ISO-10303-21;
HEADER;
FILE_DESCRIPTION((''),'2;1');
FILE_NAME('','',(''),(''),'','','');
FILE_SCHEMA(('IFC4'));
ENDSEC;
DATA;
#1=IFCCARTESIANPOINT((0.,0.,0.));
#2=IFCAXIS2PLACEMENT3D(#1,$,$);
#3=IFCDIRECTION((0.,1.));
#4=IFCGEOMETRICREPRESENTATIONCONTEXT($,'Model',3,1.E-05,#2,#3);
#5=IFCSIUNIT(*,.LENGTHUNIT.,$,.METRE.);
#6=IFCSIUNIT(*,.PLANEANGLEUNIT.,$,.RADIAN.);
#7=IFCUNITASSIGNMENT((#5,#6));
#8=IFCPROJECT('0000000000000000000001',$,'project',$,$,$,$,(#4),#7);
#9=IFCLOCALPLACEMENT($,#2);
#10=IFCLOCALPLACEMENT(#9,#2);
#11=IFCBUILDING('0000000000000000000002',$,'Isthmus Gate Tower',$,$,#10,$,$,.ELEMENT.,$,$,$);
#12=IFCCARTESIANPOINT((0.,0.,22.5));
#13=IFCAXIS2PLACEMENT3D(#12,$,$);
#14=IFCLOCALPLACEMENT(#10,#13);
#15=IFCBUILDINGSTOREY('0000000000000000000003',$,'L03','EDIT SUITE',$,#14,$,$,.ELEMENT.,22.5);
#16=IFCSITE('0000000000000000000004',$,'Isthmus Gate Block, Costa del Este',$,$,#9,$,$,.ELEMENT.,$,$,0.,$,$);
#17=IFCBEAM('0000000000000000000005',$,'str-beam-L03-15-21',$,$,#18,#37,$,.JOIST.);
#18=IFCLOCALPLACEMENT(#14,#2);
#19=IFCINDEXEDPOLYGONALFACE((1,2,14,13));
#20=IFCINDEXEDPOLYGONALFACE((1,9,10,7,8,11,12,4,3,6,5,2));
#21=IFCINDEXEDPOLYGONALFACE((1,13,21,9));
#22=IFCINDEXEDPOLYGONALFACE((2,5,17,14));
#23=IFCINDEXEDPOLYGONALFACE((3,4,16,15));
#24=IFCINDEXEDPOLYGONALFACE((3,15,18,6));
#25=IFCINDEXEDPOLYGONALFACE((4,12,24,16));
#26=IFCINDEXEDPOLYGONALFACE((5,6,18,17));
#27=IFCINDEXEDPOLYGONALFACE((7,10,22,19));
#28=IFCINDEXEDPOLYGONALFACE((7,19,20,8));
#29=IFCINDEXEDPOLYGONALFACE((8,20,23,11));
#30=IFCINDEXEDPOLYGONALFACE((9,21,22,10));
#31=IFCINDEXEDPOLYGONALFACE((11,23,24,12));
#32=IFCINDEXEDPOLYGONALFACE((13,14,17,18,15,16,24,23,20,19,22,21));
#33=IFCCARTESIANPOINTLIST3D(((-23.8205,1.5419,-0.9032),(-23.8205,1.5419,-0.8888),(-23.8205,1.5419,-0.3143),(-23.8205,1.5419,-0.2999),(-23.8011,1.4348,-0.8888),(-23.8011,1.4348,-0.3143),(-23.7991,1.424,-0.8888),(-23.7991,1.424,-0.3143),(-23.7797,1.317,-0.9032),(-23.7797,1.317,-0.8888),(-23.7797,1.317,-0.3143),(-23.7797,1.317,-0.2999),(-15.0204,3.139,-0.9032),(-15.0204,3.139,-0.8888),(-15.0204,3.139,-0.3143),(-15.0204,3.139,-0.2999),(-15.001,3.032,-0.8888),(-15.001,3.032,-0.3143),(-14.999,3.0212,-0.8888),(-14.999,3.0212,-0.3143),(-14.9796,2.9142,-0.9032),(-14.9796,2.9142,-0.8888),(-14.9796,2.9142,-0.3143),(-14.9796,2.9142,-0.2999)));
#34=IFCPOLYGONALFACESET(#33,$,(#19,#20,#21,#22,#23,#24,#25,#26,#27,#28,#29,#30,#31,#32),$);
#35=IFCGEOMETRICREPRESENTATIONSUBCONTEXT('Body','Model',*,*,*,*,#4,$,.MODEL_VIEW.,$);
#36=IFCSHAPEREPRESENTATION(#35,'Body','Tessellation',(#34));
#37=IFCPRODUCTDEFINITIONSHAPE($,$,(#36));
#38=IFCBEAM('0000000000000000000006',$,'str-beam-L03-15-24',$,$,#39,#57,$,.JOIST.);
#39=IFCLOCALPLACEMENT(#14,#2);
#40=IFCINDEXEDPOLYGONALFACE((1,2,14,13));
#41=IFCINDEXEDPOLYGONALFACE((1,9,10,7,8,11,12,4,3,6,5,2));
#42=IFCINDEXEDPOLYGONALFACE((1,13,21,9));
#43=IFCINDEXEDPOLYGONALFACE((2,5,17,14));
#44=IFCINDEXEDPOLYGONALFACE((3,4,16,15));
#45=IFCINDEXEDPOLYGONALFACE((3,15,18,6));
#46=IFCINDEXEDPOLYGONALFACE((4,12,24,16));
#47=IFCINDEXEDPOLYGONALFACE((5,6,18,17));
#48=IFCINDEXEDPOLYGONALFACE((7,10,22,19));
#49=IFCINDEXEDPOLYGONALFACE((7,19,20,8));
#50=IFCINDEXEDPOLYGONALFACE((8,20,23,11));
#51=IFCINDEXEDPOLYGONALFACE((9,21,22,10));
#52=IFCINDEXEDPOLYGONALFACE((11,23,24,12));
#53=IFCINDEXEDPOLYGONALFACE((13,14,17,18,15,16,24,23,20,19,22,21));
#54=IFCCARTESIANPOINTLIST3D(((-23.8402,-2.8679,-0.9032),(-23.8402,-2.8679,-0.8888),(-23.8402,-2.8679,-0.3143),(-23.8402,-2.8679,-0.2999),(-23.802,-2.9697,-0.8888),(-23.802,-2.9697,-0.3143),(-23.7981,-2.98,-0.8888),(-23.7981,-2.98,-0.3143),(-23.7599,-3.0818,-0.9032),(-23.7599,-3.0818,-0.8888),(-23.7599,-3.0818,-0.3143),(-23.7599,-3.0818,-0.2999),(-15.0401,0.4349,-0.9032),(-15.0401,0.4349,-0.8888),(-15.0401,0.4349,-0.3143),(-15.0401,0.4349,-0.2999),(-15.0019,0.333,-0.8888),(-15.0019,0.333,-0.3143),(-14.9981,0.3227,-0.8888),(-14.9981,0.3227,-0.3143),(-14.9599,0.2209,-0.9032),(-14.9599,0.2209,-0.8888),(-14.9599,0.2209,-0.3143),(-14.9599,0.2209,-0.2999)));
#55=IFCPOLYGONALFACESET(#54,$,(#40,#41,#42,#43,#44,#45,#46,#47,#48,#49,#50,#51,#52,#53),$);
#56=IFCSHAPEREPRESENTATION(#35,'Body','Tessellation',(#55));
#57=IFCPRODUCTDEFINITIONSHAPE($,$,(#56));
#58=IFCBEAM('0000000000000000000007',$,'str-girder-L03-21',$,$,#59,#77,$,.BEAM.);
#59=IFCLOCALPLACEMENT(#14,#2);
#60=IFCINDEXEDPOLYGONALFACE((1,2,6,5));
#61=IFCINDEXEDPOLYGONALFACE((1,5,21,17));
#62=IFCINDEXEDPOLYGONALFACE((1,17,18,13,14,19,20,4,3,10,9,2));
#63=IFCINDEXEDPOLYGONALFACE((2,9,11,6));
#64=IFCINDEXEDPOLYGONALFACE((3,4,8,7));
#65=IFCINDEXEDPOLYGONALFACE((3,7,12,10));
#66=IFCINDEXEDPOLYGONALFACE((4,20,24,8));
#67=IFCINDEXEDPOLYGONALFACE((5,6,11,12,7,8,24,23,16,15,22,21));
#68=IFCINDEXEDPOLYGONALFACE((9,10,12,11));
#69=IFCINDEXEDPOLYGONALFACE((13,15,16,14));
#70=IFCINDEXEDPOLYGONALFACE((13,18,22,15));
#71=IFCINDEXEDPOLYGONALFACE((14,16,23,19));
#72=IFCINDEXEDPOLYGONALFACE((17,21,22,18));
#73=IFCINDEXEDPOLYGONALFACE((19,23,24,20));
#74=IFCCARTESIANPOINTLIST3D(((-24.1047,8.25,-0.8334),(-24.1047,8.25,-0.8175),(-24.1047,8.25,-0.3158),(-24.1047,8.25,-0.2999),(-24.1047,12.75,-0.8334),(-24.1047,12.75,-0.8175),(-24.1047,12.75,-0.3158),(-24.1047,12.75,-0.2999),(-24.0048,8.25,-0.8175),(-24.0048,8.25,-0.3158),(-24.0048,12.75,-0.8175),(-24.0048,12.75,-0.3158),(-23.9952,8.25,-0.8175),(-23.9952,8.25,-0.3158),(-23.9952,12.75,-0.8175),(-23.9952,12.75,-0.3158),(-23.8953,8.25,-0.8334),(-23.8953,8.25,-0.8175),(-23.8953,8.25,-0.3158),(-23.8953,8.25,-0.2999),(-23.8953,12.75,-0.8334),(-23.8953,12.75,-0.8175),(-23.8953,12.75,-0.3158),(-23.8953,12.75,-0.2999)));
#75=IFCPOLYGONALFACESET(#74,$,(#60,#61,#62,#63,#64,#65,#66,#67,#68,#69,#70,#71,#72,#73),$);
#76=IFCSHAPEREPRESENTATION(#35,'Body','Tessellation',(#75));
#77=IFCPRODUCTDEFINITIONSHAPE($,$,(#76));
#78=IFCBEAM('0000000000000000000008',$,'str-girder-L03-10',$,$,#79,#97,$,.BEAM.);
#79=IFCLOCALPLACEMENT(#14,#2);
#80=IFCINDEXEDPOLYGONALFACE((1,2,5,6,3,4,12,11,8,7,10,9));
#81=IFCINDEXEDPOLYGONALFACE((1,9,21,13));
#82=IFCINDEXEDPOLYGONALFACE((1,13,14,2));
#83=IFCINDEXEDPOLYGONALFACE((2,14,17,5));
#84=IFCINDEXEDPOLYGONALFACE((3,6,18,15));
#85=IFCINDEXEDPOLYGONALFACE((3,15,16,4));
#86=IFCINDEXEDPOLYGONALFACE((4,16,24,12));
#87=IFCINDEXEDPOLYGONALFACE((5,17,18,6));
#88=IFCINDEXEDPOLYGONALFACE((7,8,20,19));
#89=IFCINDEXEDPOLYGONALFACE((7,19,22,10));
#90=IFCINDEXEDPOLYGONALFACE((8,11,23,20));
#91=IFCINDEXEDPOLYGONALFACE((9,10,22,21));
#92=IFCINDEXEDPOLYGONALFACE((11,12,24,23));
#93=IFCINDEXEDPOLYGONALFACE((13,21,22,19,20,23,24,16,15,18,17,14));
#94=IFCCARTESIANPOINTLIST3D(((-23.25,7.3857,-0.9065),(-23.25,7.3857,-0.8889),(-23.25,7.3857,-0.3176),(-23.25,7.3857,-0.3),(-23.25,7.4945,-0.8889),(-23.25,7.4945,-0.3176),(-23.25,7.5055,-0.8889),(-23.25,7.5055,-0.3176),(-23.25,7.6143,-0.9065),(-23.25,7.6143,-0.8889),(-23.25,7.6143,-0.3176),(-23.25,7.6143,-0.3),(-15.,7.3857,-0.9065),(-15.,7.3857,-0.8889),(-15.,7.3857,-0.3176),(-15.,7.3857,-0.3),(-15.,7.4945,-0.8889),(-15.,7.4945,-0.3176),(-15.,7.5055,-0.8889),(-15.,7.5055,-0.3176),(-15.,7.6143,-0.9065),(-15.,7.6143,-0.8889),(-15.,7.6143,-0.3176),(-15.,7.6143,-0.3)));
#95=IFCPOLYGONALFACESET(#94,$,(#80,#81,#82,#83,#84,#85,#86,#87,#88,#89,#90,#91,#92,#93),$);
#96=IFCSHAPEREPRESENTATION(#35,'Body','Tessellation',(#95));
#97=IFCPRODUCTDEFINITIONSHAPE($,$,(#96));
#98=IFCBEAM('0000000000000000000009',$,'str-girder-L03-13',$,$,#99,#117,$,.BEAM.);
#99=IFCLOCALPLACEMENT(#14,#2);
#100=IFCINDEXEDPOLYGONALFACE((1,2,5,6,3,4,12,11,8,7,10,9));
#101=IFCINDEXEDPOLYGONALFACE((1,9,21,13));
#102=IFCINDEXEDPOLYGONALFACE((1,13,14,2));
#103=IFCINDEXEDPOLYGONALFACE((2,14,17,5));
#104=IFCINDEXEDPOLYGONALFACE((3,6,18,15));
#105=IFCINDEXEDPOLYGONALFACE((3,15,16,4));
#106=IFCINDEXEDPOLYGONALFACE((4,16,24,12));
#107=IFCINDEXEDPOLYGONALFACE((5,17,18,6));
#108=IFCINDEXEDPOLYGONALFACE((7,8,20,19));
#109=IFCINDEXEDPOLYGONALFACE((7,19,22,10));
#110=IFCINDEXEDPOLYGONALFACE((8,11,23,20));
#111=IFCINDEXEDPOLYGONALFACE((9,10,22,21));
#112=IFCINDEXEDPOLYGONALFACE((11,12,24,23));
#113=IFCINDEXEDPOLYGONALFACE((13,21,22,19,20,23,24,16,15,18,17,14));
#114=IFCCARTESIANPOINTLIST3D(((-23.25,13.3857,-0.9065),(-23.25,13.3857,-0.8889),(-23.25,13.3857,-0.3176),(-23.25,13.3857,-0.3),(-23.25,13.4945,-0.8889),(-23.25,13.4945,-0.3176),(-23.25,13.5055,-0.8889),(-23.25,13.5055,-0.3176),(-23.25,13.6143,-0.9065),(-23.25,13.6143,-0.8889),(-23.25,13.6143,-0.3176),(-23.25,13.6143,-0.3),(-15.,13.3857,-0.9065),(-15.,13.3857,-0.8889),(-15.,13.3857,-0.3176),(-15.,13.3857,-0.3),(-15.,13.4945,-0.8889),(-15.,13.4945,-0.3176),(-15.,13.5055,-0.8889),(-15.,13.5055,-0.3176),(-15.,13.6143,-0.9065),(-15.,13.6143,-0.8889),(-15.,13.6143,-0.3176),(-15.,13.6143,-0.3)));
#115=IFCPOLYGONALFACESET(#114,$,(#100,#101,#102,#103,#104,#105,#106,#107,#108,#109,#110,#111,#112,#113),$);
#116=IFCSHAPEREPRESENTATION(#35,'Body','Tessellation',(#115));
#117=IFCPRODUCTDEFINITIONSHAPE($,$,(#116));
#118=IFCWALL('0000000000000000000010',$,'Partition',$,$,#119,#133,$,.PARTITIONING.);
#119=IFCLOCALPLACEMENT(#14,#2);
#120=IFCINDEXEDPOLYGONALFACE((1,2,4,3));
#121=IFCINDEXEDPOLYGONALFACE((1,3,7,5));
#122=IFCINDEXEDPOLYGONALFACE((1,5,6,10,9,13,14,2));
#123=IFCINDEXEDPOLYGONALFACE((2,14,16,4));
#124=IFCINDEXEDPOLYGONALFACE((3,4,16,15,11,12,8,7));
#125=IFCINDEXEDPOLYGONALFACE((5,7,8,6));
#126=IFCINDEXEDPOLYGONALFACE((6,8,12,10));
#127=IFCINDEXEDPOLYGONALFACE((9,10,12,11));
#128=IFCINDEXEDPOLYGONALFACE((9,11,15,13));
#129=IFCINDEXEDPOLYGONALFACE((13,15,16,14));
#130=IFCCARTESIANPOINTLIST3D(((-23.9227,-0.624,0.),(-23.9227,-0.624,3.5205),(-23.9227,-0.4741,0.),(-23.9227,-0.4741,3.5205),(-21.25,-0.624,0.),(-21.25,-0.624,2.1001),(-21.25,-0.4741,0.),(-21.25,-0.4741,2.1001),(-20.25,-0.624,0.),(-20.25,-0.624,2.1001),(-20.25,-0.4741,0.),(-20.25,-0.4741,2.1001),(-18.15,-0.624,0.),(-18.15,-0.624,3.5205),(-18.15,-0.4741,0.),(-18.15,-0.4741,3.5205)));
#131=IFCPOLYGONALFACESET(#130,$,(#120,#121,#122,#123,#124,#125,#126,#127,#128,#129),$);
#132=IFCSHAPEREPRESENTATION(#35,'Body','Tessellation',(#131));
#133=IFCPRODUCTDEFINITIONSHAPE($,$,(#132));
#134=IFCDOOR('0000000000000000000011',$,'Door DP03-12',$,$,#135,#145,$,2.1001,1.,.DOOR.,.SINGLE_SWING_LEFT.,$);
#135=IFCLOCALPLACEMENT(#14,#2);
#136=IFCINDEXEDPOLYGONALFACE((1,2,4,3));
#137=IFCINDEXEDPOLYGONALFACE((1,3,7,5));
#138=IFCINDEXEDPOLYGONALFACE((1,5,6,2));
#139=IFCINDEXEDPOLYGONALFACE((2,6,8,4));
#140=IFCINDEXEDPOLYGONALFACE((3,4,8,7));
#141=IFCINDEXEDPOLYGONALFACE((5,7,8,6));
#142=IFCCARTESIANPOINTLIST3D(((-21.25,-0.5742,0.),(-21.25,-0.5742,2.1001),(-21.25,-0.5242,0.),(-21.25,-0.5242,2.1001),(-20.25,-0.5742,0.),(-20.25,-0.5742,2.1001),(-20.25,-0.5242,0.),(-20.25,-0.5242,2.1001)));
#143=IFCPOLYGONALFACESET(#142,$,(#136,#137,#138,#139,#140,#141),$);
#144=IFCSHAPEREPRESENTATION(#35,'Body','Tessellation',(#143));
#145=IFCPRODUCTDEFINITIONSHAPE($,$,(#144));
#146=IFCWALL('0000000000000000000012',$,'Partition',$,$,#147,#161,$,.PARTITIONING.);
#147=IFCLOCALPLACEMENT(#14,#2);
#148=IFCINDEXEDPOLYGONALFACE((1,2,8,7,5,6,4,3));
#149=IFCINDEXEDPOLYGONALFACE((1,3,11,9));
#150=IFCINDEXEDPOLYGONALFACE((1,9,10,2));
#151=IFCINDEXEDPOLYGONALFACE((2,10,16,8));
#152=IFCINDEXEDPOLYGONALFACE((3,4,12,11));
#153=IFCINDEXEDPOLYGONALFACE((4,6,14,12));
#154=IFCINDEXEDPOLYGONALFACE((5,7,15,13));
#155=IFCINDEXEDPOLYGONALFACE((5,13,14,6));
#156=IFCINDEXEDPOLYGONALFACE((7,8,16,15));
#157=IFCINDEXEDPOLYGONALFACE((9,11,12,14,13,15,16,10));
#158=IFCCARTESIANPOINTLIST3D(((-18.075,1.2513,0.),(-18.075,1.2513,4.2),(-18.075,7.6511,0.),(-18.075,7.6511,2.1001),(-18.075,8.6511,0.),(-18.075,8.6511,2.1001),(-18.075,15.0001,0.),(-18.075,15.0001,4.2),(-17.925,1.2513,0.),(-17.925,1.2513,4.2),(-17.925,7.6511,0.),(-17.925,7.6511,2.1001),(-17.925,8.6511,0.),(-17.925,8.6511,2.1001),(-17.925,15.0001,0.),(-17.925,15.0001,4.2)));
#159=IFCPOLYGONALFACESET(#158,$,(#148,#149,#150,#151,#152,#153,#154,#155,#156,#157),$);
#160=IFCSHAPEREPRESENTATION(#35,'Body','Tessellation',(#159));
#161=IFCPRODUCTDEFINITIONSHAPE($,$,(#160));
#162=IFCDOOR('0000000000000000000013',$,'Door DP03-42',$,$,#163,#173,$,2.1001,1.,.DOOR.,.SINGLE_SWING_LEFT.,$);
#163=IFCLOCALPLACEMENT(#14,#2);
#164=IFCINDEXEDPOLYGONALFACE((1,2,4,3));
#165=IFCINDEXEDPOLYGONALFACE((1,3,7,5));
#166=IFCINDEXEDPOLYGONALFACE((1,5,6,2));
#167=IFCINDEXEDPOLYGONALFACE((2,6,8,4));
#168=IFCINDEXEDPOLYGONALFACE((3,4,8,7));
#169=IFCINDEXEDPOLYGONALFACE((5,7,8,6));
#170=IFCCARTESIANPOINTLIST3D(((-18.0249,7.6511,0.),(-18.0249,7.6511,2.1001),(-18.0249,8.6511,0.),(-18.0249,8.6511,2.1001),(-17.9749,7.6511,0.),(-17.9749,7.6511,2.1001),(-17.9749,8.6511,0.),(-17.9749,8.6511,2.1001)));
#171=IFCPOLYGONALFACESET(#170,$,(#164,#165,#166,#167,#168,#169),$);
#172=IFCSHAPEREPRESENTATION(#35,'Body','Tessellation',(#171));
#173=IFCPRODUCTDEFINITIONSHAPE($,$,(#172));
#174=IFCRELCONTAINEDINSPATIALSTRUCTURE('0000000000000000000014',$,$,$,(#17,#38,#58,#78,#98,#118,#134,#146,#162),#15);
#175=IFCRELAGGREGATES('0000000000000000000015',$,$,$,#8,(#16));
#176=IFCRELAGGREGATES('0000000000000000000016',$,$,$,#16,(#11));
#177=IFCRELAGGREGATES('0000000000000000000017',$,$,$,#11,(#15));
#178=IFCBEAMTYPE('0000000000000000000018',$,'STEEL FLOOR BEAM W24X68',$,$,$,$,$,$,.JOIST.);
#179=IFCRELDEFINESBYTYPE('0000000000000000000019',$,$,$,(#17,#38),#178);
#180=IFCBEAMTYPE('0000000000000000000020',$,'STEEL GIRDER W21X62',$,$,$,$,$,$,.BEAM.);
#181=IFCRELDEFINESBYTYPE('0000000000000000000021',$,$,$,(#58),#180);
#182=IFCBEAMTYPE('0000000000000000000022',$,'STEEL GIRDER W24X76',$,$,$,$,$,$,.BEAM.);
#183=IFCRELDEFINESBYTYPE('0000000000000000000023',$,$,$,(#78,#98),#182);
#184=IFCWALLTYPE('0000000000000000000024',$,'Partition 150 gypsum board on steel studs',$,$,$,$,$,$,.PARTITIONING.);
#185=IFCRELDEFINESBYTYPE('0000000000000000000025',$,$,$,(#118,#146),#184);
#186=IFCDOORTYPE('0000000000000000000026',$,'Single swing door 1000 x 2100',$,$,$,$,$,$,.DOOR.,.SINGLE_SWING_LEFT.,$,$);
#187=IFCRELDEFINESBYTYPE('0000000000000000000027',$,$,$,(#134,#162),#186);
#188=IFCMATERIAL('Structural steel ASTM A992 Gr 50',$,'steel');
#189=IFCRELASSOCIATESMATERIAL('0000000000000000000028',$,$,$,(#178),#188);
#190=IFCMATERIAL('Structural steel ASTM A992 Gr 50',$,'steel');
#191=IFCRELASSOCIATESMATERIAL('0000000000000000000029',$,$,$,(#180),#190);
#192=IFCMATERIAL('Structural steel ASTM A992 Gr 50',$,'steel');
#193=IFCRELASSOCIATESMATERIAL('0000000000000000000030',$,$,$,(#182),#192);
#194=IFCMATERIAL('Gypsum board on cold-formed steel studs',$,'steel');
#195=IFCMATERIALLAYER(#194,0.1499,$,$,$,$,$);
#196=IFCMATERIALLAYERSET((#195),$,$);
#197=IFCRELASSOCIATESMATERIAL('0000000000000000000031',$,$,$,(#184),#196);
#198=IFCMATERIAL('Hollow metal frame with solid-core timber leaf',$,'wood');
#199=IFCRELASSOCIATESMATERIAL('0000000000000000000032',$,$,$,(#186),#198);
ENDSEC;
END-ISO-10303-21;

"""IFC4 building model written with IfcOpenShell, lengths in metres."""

from ifc_helpers import new_model, si_unit, direction, frame, frame_2d, origin, origin_2d, place, context, subcontext, project, spatial, rectangle, i_section, extrude, material, layer, layer_set, material_profile, profile_set, type_object, element, fill, save


model = new_model("IFC4")

# Units and contexts
model_context = context("Model", 3, precision=1e-05, world=origin(), true_north=direction((0.0, 1.0)))
body_context = subcontext(model_context, "Body", "Model", "MODEL_VIEW")
ifc_project = project(units=[si_unit("LENGTHUNIT", "METRE"), si_unit("PLANEANGLEUNIT", "RADIAN")], contexts=[model_context])

# Site, building, storey
site_placement = place(None, origin())
site = spatial("IfcSite", under=ifc_project, at=site_placement, Name="Isthmus Gate Block, Costa del Este", CompositionType="ELEMENT", RefElevation=0.0)
building_placement = place(site_placement, origin())
building = spatial("IfcBuilding", under=site, at=building_placement, Name="Isthmus Gate Tower", CompositionType="ELEMENT")
storey_placement = place(building_placement, frame((0.0, 0.0, 22.5)))
storey = spatial("IfcBuildingStorey", under=building, at=storey_placement, Name="L03", Description="EDIT SUITE", CompositionType="ELEMENT", Elevation=22.5)

# Beams
ifc_material_1 = material(Name="Structural steel ASTM A992 Gr 50", Category="steel")
ifc_material_profile_1 = material_profile(ifc_material_1, i_section(OverallWidth=0.2285, OverallDepth=0.6033, WebThickness=0.011, FlangeThickness=0.0144, at=origin_2d()), Name="W24X68")
ifc_profile_set_1 = profile_set([ifc_material_profile_1], Name="Structural steel ASTM A992 Gr 50")
beam_type_1 = type_object("IfcBeamType", Name="STEEL FLOOR BEAM W24X68", PredefinedType="JOIST", material=ifc_profile_set_1)
beam_1_placement = place(storey_placement, frame((-15.0, 3.0266, -0.6016), z_axis=(-0.983926, -0.178578, 0.0), x_axis=(0.178578, -0.983926, 0.0)))
element("IfcBeam", 1, at=beam_1_placement, inside=storey, type_object=beam_type_1, Name="str-beam-L03-15-21", PredefinedType="JOIST", context=body_context, shape_type="SweptSolid", body=[
    extrude(i_section(OverallWidth=0.2285, OverallDepth=0.6033, WebThickness=0.011, FlangeThickness=0.0144, at=origin_2d()), origin(), (0.0, 0.0, 1.0), 8.9438),
])
beam_2_placement = place(storey_placement, frame((-15.0, 0.3279, -0.6016), z_axis=(-0.936234, -0.351377, 0.0), x_axis=(0.351377, -0.936234, 0.0)))
element("IfcBeam", 2, at=beam_2_placement, inside=storey, type_object=beam_type_1, Name="str-beam-L03-15-24", PredefinedType="JOIST", context=body_context, shape_type="SweptSolid", body=[
    extrude(i_section(OverallWidth=0.2285, OverallDepth=0.6033, WebThickness=0.011, FlangeThickness=0.0144, at=origin_2d()), origin(), (0.0, 0.0, 1.0), 9.3994),
])
ifc_material_2 = material(Name="Structural steel ASTM A992 Gr 50", Category="steel")
ifc_material_profile_2 = material_profile(ifc_material_2, i_section(OverallWidth=0.2095, OverallDepth=0.5334, WebThickness=0.0095, FlangeThickness=0.0159, at=origin_2d()), Name="W21X62")
ifc_profile_set_2 = profile_set([ifc_material_profile_2], Name="Structural steel ASTM A992 Gr 50")
beam_type_2 = type_object("IfcBeamType", Name="STEEL GIRDER W21X62", PredefinedType="BEAM", material=ifc_profile_set_2)
beam_3_placement = place(storey_placement, frame((-24.0, 8.25, -0.5667), z_axis=(0.0, 1.0, 0.0), x_axis=(-1.0, 0.0, 0.0)))
element("IfcBeam", 3, at=beam_3_placement, inside=storey, type_object=beam_type_2, Name="str-girder-L03-21", PredefinedType="BEAM", context=body_context, shape_type="SweptSolid", body=[
    extrude(i_section(OverallWidth=0.2095, OverallDepth=0.5334, WebThickness=0.0095, FlangeThickness=0.0159, at=origin_2d()), origin(), (0.0, 0.0, 1.0), 4.5),
])
ifc_material_3 = material(Name="Structural steel ASTM A992 Gr 50", Category="steel")
ifc_material_profile_3 = material_profile(ifc_material_3, i_section(OverallWidth=0.2285, OverallDepth=0.6064, WebThickness=0.011, FlangeThickness=0.0176, at=origin_2d()), Name="W24X76")
ifc_profile_set_3 = profile_set([ifc_material_profile_3], Name="Structural steel ASTM A992 Gr 50")
beam_type_3 = type_object("IfcBeamType", Name="STEEL GIRDER W24X76", PredefinedType="BEAM", material=ifc_profile_set_3)
for number, where, z_axis, x_axis, name in (
    (4, (-23.25, 7.5, -0.6033), (1.0, 0.0, 0.0), (0.0, 1.0, 0.0), "str-girder-L03-10"),
    (5, (-23.25, 13.5, -0.6033), (1.0, 0.0, 0.0), (0.0, 1.0, 0.0), "str-girder-L03-13"),
):
    element("IfcBeam", number, at=place(storey_placement, frame(where, z_axis=z_axis, x_axis=x_axis)), inside=storey, type_object=beam_type_3, Name=name, PredefinedType="BEAM", context=body_context, shape_type="SweptSolid", body=[
        extrude(i_section(OverallWidth=0.2285, OverallDepth=0.6064, WebThickness=0.011, FlangeThickness=0.0176, at=origin_2d()), origin(), (0.0, 0.0, 1.0), 8.25),
    ])

# Walls, openings, doors
ifc_material_4 = material(Name="Gypsum board on cold-formed steel studs", Category="steel")
ifc_layer_1 = layer(ifc_material_4, 0.1499)
ifc_layer_set_1 = layer_set([ifc_layer_1])
wall_type_1 = type_object("IfcWallType", Name="Partition 150 gypsum board on steel studs", PredefinedType="PARTITIONING", material=ifc_layer_set_1)
wall_1_placement = place(storey_placement, frame((-23.9226, -0.5491, 0.0), z_axis=(0.0, 0.0, 1.0), x_axis=(1.0, 0.0, 0.0)))
wall_1 = element("IfcWall", 6, at=wall_1_placement, inside=storey, type_object=wall_type_1, Name="Partition", PredefinedType="PARTITIONING", context=body_context, shape_type="SweptSolid", body=[
    extrude(rectangle(XDim=5.7727, YDim=0.1499, at=frame_2d((2.8862, 0.0))), origin(), (0.0, 0.0, 1.0), 3.5205),
])
opening_1_placement = place(wall_1_placement, frame((2.6726, 0.0, 0.0)))
opening_1 = element("IfcOpeningElement", 7, at=opening_1_placement, cuts=wall_1, PredefinedType="OPENING", context=body_context, shape_type="SweptSolid", body=[
    extrude(rectangle(XDim=1.0, YDim=2.1001, at=frame_2d((0.5, 1.05))), frame((0.0, 0.085, 0.0), z_axis=(0.0, -1.0, 0.0), x_axis=(1.0, 0.0, 0.0)), (0.0, 0.0, 1.0), 0.1699),
])
ifc_material_5 = material(Name="Hollow metal frame with solid-core timber leaf", Category="wood")
door_type_1 = type_object("IfcDoorType", Name="Single swing door 1000 x 2100", OperationType="SINGLE_SWING_LEFT", PredefinedType="DOOR", material=ifc_material_5)
door_1_placement = place(opening_1_placement, origin())
door_1 = element("IfcDoor", 8, at=door_1_placement, inside=storey, type_object=door_type_1, Name="Door DP03-12", OperationType="SINGLE_SWING_LEFT", OverallHeight=2.1001, OverallWidth=1.0, PredefinedType="DOOR", context=body_context, shape_type="SweptSolid", body=[
    extrude(rectangle(XDim=1.0, YDim=2.1001, at=frame_2d((0.5, 1.05))), frame((0.0, 0.0249, 0.0), z_axis=(0.0, -1.0, 0.0), x_axis=(1.0, 0.0, 0.0)), (0.0, 0.0, 1.0), 0.05),
])
fill(opening_1, door_1)
wall_2_placement = place(storey_placement, frame((-18.0, 1.2512, 0.0), z_axis=(0.0, 0.0, 1.0), x_axis=(0.0, 1.0, 0.0)))
wall_2 = element("IfcWall", 9, at=wall_2_placement, inside=storey, type_object=wall_type_1, Name="Partition", PredefinedType="PARTITIONING", context=body_context, shape_type="SweptSolid", body=[
    extrude(rectangle(XDim=13.7488, YDim=0.1499, at=frame_2d((6.8745, 0.0))), origin(), (0.0, 0.0, 1.0), 4.2),
])
opening_2_placement = place(wall_2_placement, frame((6.3999, 0.0, 0.0)))
opening_2 = element("IfcOpeningElement", 10, at=opening_2_placement, cuts=wall_2, PredefinedType="OPENING", context=body_context, shape_type="SweptSolid", body=[
    extrude(rectangle(XDim=1.0, YDim=2.1001, at=frame_2d((0.5, 1.05))), frame((0.0, 0.085, 0.0), z_axis=(0.0, -1.0, 0.0), x_axis=(1.0, 0.0, 0.0)), (0.0, 0.0, 1.0), 0.1699),
])
door_2_placement = place(opening_2_placement, origin())
door_2 = element("IfcDoor", 11, at=door_2_placement, inside=storey, type_object=door_type_1, Name="Door DP03-42", OperationType="SINGLE_SWING_LEFT", OverallHeight=2.1001, OverallWidth=1.0, PredefinedType="DOOR", context=body_context, shape_type="SweptSolid", body=[
    extrude(rectangle(XDim=1.0, YDim=2.1001, at=frame_2d((0.5, 1.05))), frame((0.0, 0.0249, 0.0), z_axis=(0.0, -1.0, 0.0), x_axis=(1.0, 0.0, 0.0)), (0.0, 0.0, 1.0), 0.05),
])
fill(opening_2, door_2)

save(model, "model.ifc")
